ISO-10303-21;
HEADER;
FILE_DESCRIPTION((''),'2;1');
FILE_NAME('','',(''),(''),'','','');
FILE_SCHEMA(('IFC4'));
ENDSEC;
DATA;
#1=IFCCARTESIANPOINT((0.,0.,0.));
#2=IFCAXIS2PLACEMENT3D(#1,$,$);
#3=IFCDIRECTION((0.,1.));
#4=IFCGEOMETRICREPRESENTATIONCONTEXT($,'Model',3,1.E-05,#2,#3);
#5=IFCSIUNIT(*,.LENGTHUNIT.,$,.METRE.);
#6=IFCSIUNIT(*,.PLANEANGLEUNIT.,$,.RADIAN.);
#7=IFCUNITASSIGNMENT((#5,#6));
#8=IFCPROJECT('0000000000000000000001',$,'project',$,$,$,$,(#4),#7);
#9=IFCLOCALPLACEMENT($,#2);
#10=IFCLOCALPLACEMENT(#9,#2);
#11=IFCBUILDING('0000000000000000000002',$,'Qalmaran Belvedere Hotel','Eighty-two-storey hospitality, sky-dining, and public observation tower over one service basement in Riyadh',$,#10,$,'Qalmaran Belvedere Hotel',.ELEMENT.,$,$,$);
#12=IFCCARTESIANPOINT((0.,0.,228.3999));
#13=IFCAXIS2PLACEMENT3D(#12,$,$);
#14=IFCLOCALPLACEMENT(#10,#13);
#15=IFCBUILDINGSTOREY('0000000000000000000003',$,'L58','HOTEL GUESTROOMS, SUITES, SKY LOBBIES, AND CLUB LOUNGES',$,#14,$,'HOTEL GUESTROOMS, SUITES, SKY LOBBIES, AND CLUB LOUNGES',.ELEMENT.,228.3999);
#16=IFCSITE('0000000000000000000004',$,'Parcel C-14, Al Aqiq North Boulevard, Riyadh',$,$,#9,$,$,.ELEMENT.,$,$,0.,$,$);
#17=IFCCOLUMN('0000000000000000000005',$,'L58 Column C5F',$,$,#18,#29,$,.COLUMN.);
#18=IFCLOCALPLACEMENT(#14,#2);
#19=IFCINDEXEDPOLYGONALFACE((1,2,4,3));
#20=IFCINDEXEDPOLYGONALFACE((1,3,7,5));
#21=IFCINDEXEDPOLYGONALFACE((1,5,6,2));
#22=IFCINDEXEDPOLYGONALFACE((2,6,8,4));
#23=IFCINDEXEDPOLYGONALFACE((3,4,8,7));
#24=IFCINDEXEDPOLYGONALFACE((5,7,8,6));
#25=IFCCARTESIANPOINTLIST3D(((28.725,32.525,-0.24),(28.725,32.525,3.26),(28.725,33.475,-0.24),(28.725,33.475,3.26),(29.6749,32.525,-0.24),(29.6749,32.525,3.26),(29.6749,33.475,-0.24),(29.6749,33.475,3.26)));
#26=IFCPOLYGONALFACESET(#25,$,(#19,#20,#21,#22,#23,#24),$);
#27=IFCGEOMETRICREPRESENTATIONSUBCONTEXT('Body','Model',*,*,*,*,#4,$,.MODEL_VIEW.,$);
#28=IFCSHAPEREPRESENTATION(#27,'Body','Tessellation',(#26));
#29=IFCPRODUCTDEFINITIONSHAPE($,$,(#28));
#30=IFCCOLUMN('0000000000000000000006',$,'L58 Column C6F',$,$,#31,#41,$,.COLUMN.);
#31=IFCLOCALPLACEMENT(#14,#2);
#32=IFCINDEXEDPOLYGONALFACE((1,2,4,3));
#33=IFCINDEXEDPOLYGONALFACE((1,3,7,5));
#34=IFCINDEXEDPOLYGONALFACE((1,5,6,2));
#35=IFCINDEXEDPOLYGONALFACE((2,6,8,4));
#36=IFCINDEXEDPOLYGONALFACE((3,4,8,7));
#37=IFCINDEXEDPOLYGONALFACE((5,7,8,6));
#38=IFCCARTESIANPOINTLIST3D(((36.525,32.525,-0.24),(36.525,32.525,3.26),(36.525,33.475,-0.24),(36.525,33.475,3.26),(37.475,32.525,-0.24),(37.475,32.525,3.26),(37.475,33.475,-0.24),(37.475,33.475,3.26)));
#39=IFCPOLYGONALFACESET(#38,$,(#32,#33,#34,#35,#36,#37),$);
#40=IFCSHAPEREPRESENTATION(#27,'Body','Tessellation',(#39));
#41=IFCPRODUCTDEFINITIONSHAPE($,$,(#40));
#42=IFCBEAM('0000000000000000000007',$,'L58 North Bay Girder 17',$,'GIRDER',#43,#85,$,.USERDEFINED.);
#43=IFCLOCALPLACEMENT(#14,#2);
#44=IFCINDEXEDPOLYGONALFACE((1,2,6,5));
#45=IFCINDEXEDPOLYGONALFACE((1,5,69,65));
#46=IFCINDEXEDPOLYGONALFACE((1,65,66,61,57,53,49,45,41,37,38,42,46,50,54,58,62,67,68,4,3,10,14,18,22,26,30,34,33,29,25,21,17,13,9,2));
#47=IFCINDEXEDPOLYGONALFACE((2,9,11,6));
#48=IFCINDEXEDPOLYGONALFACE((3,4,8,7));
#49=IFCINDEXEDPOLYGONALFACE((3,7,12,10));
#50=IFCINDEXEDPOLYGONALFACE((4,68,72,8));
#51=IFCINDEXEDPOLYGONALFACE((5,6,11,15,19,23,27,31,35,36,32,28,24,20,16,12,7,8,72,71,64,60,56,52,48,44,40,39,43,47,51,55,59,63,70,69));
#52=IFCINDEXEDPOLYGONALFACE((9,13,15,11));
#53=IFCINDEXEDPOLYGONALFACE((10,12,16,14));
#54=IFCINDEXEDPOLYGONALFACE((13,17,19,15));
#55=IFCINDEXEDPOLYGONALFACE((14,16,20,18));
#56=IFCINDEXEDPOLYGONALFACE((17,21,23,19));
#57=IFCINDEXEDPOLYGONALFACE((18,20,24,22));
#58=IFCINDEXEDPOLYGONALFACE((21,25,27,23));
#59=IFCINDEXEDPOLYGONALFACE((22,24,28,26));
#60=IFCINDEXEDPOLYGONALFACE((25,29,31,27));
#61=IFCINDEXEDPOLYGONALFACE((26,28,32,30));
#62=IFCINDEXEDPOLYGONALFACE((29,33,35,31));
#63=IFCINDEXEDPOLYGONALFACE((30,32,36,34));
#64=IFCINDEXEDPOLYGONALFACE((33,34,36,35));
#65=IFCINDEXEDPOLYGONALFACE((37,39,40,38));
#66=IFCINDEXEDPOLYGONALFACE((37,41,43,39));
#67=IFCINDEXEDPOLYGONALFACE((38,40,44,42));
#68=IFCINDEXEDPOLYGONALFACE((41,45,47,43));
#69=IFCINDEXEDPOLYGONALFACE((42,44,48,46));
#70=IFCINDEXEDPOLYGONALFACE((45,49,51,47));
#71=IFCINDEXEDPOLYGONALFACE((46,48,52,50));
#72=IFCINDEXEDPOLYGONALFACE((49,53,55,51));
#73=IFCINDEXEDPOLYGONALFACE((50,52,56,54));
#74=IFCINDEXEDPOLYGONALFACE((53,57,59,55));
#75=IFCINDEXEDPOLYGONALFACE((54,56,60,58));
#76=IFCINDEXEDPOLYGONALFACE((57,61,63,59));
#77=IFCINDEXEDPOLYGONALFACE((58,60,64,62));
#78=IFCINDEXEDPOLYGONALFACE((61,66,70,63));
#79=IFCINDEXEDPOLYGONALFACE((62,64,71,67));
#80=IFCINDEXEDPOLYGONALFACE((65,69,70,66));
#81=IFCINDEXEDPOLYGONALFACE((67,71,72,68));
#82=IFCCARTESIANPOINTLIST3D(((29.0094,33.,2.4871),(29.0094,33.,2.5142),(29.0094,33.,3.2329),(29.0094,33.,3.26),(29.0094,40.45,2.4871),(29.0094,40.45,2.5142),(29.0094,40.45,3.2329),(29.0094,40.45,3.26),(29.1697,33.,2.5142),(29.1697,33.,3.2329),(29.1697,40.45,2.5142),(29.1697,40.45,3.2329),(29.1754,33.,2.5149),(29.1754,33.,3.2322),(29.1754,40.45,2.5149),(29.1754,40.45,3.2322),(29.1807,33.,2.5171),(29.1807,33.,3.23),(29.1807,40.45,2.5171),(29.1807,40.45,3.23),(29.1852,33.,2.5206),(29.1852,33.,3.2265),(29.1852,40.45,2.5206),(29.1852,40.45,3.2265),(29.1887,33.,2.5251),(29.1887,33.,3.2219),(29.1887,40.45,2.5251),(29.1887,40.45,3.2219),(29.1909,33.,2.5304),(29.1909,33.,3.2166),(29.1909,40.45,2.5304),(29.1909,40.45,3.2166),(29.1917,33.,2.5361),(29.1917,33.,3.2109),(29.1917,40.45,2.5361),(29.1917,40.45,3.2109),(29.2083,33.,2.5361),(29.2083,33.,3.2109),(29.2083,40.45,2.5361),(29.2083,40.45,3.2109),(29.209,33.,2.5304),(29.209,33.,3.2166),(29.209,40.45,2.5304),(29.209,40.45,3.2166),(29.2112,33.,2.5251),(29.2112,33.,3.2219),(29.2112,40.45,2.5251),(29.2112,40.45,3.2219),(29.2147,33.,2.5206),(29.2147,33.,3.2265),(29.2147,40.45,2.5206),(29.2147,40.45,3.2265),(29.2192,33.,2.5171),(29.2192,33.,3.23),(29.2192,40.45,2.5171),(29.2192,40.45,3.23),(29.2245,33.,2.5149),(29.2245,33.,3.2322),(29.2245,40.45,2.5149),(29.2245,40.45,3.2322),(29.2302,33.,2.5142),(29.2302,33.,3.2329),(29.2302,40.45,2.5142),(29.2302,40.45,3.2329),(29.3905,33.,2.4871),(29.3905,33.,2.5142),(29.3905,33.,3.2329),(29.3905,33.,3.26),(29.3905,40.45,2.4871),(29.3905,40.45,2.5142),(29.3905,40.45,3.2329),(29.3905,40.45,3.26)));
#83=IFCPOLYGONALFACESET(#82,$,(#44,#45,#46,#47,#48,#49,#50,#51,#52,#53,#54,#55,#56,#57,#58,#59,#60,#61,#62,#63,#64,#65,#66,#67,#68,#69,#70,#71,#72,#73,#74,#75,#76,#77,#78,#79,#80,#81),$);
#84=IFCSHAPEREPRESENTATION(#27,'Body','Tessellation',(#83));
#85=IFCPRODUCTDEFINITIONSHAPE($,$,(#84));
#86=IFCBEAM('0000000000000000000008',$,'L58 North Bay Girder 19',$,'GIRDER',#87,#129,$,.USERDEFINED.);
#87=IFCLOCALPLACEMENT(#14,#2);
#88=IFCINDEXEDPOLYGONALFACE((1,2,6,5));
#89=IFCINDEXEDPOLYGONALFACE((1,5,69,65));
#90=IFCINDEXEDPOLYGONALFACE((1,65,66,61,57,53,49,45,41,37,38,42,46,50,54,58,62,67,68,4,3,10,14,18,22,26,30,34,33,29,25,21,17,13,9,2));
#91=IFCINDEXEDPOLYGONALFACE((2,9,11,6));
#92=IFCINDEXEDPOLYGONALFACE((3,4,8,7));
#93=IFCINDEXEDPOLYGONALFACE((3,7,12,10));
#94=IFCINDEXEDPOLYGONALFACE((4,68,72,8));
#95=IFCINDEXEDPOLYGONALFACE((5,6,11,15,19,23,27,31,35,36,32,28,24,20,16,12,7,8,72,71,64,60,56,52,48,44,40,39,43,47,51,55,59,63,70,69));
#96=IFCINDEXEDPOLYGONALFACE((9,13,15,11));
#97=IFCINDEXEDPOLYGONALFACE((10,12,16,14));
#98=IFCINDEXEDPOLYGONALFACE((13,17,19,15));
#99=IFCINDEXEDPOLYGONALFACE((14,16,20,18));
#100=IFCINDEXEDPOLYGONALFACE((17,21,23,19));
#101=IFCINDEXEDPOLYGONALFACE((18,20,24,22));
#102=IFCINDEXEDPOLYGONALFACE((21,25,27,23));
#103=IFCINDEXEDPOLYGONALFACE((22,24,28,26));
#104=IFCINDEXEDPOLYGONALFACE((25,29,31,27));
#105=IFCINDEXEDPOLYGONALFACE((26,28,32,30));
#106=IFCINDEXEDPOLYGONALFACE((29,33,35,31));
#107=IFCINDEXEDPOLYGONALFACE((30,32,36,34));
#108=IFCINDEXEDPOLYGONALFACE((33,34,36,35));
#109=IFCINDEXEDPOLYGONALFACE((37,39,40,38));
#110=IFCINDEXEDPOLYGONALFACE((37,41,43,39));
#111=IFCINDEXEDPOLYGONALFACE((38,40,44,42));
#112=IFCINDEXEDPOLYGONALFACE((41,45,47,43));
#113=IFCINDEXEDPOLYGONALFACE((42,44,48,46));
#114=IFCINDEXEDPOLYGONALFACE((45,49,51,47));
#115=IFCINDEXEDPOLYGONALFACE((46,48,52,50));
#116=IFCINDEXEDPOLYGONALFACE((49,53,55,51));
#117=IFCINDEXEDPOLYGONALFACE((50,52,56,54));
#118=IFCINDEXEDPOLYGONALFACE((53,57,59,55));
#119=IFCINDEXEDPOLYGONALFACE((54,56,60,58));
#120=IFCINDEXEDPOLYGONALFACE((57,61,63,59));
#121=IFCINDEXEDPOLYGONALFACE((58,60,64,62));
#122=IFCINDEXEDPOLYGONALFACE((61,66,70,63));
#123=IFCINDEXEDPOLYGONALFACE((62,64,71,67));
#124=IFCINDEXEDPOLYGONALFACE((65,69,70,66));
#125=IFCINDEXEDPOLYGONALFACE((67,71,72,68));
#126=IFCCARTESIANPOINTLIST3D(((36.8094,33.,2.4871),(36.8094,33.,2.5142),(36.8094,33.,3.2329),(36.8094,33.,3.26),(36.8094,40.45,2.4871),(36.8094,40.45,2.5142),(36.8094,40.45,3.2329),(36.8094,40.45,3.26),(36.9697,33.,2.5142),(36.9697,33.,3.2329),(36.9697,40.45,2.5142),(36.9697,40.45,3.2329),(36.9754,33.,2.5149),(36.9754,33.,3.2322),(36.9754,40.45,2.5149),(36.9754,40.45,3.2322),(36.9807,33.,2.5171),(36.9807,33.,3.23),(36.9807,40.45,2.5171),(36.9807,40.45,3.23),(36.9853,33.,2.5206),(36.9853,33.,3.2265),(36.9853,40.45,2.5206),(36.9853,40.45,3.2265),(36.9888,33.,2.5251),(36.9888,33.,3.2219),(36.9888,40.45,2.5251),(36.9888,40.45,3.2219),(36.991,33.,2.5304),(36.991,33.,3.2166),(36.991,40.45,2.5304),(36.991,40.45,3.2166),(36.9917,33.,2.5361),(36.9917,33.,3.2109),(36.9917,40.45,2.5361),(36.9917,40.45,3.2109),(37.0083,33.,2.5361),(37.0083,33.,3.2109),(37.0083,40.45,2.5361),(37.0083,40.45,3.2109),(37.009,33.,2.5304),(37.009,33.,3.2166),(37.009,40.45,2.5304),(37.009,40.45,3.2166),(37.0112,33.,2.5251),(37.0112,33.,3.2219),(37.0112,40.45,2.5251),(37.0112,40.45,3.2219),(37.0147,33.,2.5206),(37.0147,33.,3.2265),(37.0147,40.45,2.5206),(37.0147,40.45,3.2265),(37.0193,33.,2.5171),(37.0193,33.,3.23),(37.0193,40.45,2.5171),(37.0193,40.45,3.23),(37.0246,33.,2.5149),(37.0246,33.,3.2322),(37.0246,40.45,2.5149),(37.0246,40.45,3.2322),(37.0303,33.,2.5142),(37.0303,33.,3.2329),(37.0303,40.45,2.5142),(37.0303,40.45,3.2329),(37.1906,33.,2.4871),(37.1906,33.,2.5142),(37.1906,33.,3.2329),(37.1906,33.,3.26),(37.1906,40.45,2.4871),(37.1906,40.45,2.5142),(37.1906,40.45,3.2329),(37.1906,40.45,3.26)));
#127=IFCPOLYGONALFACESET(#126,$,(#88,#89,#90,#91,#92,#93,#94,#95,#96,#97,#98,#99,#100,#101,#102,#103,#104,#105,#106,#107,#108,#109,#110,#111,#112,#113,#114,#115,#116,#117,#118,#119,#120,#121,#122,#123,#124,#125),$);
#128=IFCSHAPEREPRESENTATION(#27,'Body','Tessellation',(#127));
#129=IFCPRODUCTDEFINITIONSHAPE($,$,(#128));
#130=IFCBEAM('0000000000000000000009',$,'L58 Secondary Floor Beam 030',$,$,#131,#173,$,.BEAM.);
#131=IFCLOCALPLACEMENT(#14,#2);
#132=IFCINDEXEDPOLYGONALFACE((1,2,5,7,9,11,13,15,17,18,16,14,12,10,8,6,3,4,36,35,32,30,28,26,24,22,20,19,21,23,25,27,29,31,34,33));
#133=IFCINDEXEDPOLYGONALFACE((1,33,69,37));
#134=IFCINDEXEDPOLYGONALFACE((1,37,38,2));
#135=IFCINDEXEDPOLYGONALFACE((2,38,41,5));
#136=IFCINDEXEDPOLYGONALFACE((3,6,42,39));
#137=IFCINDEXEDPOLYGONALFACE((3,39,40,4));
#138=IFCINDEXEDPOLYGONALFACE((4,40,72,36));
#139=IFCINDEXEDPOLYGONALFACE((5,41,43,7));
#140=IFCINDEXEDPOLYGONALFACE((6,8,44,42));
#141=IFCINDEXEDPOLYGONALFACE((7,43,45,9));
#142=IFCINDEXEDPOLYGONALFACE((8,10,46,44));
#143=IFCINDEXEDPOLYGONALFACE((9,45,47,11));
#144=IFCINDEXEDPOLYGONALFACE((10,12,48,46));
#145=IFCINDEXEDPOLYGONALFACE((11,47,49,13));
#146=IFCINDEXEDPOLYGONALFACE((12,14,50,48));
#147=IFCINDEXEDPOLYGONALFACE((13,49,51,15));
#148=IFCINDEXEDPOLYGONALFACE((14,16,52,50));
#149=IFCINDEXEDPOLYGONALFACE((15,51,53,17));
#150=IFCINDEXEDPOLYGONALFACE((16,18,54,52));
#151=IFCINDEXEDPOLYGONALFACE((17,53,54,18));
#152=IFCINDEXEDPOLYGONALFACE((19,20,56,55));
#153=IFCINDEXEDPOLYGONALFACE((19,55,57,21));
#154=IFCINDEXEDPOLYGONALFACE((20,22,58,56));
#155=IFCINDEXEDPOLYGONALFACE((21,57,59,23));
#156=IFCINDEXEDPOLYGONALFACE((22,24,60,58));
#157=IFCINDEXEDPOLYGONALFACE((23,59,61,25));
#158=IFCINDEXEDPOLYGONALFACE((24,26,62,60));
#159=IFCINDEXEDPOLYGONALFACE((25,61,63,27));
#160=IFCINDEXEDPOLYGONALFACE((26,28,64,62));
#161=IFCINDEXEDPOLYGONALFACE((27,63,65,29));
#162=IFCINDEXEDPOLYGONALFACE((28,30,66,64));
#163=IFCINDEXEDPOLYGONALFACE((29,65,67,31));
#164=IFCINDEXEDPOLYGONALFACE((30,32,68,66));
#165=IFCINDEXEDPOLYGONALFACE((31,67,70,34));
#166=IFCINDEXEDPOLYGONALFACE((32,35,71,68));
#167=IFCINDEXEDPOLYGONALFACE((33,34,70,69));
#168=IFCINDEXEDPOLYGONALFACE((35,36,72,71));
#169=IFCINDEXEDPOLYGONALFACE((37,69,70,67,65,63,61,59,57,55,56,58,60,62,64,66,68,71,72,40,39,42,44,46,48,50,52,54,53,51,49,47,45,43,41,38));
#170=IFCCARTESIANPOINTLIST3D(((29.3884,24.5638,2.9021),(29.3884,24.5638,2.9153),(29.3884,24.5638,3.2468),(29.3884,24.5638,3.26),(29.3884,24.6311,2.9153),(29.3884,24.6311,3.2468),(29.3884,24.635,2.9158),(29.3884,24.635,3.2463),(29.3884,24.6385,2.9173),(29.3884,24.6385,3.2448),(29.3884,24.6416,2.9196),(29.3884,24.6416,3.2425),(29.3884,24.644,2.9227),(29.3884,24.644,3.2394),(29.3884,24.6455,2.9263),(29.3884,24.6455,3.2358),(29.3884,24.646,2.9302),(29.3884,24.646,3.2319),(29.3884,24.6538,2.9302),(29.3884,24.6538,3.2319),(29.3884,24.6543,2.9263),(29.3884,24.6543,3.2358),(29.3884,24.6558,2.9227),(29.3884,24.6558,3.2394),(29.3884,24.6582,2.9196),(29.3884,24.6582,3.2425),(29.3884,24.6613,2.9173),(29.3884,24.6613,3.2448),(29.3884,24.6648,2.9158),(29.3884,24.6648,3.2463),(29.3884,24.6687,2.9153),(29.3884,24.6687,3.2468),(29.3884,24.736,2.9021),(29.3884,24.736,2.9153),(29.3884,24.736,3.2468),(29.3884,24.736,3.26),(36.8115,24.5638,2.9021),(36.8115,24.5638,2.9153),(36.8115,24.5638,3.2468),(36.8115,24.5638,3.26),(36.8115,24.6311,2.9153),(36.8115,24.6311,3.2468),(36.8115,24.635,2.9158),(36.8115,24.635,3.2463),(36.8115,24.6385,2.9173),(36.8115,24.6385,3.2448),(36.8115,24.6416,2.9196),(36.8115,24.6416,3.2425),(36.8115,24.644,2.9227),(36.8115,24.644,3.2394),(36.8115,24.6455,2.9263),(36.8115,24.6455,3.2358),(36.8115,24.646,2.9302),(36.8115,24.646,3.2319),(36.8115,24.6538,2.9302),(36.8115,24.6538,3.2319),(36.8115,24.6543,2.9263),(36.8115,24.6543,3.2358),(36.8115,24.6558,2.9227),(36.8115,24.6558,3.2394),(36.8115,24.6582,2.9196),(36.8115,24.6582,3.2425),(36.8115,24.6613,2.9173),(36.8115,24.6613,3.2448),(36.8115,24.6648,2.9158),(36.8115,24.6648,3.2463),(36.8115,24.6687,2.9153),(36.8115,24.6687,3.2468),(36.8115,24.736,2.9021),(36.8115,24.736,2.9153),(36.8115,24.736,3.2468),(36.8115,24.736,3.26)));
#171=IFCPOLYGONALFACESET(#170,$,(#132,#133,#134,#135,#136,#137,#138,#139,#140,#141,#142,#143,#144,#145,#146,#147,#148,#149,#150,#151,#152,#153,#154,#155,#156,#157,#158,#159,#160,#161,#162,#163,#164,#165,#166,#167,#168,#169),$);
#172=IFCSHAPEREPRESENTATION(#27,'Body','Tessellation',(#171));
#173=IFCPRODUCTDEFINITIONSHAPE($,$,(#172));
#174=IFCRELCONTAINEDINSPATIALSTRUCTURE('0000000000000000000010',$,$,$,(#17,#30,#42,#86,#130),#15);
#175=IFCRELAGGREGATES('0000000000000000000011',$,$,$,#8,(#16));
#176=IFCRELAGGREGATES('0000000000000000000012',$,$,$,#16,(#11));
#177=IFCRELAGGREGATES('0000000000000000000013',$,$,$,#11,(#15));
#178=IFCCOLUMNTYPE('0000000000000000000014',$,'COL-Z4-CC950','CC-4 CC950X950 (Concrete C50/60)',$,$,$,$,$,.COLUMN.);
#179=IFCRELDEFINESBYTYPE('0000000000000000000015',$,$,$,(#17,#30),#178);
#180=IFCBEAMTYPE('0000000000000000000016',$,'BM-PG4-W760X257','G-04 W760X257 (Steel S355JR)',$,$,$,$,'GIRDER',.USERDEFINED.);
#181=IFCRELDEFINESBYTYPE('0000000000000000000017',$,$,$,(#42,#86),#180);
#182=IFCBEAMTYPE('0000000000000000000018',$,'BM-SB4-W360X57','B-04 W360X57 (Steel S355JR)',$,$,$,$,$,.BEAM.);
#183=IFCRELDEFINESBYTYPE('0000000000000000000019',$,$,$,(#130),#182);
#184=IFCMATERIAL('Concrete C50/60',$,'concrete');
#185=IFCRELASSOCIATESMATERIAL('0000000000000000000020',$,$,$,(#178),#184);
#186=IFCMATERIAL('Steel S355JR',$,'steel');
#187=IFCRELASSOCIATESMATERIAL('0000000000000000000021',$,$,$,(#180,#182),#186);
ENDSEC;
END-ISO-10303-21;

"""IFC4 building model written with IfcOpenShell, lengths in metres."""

from ifc_helpers import new_model, si_unit, direction, frame, origin, origin_2d, place, context, subcontext, project, spatial, rectangle, i_section, extrude, material, material_profile, profile_set, type_object, element, save


model = new_model("IFC4")

# Units and contexts
model_context = context("Model", 3, precision=1e-05, world=origin(), true_north=direction((0.0, 1.0)))
body_context = subcontext(model_context, "Body", "Model", "MODEL_VIEW")
ifc_project = project(units=[si_unit("LENGTHUNIT", "METRE"), si_unit("PLANEANGLEUNIT", "RADIAN")], contexts=[model_context])

# Site, building, storey
site_placement = place(None, origin())
site = spatial("IfcSite", under=ifc_project, at=site_placement, Name="Parcel C-14, Al Aqiq North Boulevard, Riyadh", CompositionType="ELEMENT", RefElevation=0.0)
building_placement = place(site_placement, origin())
building = spatial("IfcBuilding", under=site, at=building_placement, Name="Qalmaran Belvedere Hotel", Description="Eighty-two-storey hospitality, sky-dining, and public observation tower over one service basement in Riyadh", LongName="Qalmaran Belvedere Hotel", CompositionType="ELEMENT")
storey_placement = place(building_placement, frame((0.0, 0.0, 228.3999)))
storey = spatial("IfcBuildingStorey", under=building, at=storey_placement, Name="L58", Description="HOTEL GUESTROOMS, SUITES, SKY LOBBIES, AND CLUB LOUNGES", LongName="HOTEL GUESTROOMS, SUITES, SKY LOBBIES, AND CLUB LOUNGES", CompositionType="ELEMENT", Elevation=228.3999)

# Columns
ifc_material_1 = material(Name="Concrete C50/60", Category="concrete")
ifc_material_profile_1 = material_profile(ifc_material_1, rectangle(XDim=0.95, YDim=0.95, at=origin_2d()), Name="CC950X950")
ifc_profile_set_1 = profile_set([ifc_material_profile_1], Name="Concrete C50/60")
column_type = type_object("IfcColumnType", Name="COL-Z4-CC950", Description="CC-4 CC950X950 (Concrete C50/60)", PredefinedType="COLUMN", material=ifc_profile_set_1)
for number, where, z_axis, x_axis, name in (
    (1, (29.2, 33.0, -0.24), (0.0, 0.0, 1.0), (1.0, 0.0, 0.0), "L58 Column C5F"),
    (2, (37.0, 33.0, -0.24), (0.0, 0.0, 1.0), (1.0, 0.0, 0.0), "L58 Column C6F"),
):
    element("IfcColumn", number, at=place(storey_placement, frame(where, z_axis=z_axis, x_axis=x_axis)), inside=storey, type_object=column_type, Name=name, PredefinedType="COLUMN", context=body_context, shape_type="SweptSolid", body=[
        extrude(rectangle(XDim=0.95, YDim=0.95, at=origin_2d()), origin(), (0.0, 0.0, 1.0), 3.5),
    ])

# Beams
ifc_material_2 = material(Name="Steel S355JR", Category="steel")
ifc_material_profile_2 = material_profile(ifc_material_2, i_section(OverallWidth=0.3811, OverallDepth=0.7729, WebThickness=0.0166, FlangeThickness=0.0271, FilletRadius=0.022, at=origin_2d()), Name="W760X257")
ifc_profile_set_2 = profile_set([ifc_material_profile_2], Name="Steel S355JR")
beam_type_1 = type_object("IfcBeamType", Name="BM-PG4-W760X257", Description="G-04 W760X257 (Steel S355JR)", ElementType="GIRDER", PredefinedType="USERDEFINED", material=ifc_profile_set_2)
for number, where, z_axis, x_axis, name in (
    (3, (29.2, 33.0, 2.8735), (0.0, 1.0, 0.0), (-1.0, 0.0, 0.0), "L58 North Bay Girder 17"),
    (4, (37.0, 33.0, 2.8735), (0.0, 1.0, 0.0), (-1.0, 0.0, 0.0), "L58 North Bay Girder 19"),
):
    element("IfcBeam", number, at=place(storey_placement, frame(where, z_axis=z_axis, x_axis=x_axis)), inside=storey, type_object=beam_type_1, Name=name, ObjectType="GIRDER", PredefinedType="USERDEFINED", context=body_context, shape_type="SweptSolid", body=[
        extrude(i_section(OverallWidth=0.3811, OverallDepth=0.7729, WebThickness=0.0166, FlangeThickness=0.0271, FilletRadius=0.022, at=origin_2d()), origin(), (0.0, 0.0, 1.0), 7.45),
    ])
ifc_material_profile_3 = material_profile(ifc_material_2, i_section(OverallWidth=0.1721, OverallDepth=0.3579, WebThickness=0.0078, FlangeThickness=0.0132, FilletRadius=0.0149, at=origin_2d()), Name="W360X57")
ifc_profile_set_3 = profile_set([ifc_material_profile_3], Name="Steel S355JR")
beam_type_2 = type_object("IfcBeamType", Name="BM-SB4-W360X57", Description="B-04 W360X57 (Steel S355JR)", PredefinedType="BEAM", material=ifc_profile_set_3)
for number, where, z_axis, x_axis, name in (
    (5, (29.3884, 24.6499, 3.0811), (1.0, 0.0, 0.0), (0.0, 1.0, 0.0), "L58 Secondary Floor Beam 030"),
):
    element("IfcBeam", number, at=place(storey_placement, frame(where, z_axis=z_axis, x_axis=x_axis)), inside=storey, type_object=beam_type_2, Name=name, PredefinedType="BEAM", context=body_context, shape_type="SweptSolid", body=[
        extrude(i_section(OverallWidth=0.1721, OverallDepth=0.3579, WebThickness=0.0078, FlangeThickness=0.0132, FilletRadius=0.0149, at=origin_2d()), origin(), (0.0, 0.0, 1.0), 7.4231),
    ])

save(model, "model.ifc")
